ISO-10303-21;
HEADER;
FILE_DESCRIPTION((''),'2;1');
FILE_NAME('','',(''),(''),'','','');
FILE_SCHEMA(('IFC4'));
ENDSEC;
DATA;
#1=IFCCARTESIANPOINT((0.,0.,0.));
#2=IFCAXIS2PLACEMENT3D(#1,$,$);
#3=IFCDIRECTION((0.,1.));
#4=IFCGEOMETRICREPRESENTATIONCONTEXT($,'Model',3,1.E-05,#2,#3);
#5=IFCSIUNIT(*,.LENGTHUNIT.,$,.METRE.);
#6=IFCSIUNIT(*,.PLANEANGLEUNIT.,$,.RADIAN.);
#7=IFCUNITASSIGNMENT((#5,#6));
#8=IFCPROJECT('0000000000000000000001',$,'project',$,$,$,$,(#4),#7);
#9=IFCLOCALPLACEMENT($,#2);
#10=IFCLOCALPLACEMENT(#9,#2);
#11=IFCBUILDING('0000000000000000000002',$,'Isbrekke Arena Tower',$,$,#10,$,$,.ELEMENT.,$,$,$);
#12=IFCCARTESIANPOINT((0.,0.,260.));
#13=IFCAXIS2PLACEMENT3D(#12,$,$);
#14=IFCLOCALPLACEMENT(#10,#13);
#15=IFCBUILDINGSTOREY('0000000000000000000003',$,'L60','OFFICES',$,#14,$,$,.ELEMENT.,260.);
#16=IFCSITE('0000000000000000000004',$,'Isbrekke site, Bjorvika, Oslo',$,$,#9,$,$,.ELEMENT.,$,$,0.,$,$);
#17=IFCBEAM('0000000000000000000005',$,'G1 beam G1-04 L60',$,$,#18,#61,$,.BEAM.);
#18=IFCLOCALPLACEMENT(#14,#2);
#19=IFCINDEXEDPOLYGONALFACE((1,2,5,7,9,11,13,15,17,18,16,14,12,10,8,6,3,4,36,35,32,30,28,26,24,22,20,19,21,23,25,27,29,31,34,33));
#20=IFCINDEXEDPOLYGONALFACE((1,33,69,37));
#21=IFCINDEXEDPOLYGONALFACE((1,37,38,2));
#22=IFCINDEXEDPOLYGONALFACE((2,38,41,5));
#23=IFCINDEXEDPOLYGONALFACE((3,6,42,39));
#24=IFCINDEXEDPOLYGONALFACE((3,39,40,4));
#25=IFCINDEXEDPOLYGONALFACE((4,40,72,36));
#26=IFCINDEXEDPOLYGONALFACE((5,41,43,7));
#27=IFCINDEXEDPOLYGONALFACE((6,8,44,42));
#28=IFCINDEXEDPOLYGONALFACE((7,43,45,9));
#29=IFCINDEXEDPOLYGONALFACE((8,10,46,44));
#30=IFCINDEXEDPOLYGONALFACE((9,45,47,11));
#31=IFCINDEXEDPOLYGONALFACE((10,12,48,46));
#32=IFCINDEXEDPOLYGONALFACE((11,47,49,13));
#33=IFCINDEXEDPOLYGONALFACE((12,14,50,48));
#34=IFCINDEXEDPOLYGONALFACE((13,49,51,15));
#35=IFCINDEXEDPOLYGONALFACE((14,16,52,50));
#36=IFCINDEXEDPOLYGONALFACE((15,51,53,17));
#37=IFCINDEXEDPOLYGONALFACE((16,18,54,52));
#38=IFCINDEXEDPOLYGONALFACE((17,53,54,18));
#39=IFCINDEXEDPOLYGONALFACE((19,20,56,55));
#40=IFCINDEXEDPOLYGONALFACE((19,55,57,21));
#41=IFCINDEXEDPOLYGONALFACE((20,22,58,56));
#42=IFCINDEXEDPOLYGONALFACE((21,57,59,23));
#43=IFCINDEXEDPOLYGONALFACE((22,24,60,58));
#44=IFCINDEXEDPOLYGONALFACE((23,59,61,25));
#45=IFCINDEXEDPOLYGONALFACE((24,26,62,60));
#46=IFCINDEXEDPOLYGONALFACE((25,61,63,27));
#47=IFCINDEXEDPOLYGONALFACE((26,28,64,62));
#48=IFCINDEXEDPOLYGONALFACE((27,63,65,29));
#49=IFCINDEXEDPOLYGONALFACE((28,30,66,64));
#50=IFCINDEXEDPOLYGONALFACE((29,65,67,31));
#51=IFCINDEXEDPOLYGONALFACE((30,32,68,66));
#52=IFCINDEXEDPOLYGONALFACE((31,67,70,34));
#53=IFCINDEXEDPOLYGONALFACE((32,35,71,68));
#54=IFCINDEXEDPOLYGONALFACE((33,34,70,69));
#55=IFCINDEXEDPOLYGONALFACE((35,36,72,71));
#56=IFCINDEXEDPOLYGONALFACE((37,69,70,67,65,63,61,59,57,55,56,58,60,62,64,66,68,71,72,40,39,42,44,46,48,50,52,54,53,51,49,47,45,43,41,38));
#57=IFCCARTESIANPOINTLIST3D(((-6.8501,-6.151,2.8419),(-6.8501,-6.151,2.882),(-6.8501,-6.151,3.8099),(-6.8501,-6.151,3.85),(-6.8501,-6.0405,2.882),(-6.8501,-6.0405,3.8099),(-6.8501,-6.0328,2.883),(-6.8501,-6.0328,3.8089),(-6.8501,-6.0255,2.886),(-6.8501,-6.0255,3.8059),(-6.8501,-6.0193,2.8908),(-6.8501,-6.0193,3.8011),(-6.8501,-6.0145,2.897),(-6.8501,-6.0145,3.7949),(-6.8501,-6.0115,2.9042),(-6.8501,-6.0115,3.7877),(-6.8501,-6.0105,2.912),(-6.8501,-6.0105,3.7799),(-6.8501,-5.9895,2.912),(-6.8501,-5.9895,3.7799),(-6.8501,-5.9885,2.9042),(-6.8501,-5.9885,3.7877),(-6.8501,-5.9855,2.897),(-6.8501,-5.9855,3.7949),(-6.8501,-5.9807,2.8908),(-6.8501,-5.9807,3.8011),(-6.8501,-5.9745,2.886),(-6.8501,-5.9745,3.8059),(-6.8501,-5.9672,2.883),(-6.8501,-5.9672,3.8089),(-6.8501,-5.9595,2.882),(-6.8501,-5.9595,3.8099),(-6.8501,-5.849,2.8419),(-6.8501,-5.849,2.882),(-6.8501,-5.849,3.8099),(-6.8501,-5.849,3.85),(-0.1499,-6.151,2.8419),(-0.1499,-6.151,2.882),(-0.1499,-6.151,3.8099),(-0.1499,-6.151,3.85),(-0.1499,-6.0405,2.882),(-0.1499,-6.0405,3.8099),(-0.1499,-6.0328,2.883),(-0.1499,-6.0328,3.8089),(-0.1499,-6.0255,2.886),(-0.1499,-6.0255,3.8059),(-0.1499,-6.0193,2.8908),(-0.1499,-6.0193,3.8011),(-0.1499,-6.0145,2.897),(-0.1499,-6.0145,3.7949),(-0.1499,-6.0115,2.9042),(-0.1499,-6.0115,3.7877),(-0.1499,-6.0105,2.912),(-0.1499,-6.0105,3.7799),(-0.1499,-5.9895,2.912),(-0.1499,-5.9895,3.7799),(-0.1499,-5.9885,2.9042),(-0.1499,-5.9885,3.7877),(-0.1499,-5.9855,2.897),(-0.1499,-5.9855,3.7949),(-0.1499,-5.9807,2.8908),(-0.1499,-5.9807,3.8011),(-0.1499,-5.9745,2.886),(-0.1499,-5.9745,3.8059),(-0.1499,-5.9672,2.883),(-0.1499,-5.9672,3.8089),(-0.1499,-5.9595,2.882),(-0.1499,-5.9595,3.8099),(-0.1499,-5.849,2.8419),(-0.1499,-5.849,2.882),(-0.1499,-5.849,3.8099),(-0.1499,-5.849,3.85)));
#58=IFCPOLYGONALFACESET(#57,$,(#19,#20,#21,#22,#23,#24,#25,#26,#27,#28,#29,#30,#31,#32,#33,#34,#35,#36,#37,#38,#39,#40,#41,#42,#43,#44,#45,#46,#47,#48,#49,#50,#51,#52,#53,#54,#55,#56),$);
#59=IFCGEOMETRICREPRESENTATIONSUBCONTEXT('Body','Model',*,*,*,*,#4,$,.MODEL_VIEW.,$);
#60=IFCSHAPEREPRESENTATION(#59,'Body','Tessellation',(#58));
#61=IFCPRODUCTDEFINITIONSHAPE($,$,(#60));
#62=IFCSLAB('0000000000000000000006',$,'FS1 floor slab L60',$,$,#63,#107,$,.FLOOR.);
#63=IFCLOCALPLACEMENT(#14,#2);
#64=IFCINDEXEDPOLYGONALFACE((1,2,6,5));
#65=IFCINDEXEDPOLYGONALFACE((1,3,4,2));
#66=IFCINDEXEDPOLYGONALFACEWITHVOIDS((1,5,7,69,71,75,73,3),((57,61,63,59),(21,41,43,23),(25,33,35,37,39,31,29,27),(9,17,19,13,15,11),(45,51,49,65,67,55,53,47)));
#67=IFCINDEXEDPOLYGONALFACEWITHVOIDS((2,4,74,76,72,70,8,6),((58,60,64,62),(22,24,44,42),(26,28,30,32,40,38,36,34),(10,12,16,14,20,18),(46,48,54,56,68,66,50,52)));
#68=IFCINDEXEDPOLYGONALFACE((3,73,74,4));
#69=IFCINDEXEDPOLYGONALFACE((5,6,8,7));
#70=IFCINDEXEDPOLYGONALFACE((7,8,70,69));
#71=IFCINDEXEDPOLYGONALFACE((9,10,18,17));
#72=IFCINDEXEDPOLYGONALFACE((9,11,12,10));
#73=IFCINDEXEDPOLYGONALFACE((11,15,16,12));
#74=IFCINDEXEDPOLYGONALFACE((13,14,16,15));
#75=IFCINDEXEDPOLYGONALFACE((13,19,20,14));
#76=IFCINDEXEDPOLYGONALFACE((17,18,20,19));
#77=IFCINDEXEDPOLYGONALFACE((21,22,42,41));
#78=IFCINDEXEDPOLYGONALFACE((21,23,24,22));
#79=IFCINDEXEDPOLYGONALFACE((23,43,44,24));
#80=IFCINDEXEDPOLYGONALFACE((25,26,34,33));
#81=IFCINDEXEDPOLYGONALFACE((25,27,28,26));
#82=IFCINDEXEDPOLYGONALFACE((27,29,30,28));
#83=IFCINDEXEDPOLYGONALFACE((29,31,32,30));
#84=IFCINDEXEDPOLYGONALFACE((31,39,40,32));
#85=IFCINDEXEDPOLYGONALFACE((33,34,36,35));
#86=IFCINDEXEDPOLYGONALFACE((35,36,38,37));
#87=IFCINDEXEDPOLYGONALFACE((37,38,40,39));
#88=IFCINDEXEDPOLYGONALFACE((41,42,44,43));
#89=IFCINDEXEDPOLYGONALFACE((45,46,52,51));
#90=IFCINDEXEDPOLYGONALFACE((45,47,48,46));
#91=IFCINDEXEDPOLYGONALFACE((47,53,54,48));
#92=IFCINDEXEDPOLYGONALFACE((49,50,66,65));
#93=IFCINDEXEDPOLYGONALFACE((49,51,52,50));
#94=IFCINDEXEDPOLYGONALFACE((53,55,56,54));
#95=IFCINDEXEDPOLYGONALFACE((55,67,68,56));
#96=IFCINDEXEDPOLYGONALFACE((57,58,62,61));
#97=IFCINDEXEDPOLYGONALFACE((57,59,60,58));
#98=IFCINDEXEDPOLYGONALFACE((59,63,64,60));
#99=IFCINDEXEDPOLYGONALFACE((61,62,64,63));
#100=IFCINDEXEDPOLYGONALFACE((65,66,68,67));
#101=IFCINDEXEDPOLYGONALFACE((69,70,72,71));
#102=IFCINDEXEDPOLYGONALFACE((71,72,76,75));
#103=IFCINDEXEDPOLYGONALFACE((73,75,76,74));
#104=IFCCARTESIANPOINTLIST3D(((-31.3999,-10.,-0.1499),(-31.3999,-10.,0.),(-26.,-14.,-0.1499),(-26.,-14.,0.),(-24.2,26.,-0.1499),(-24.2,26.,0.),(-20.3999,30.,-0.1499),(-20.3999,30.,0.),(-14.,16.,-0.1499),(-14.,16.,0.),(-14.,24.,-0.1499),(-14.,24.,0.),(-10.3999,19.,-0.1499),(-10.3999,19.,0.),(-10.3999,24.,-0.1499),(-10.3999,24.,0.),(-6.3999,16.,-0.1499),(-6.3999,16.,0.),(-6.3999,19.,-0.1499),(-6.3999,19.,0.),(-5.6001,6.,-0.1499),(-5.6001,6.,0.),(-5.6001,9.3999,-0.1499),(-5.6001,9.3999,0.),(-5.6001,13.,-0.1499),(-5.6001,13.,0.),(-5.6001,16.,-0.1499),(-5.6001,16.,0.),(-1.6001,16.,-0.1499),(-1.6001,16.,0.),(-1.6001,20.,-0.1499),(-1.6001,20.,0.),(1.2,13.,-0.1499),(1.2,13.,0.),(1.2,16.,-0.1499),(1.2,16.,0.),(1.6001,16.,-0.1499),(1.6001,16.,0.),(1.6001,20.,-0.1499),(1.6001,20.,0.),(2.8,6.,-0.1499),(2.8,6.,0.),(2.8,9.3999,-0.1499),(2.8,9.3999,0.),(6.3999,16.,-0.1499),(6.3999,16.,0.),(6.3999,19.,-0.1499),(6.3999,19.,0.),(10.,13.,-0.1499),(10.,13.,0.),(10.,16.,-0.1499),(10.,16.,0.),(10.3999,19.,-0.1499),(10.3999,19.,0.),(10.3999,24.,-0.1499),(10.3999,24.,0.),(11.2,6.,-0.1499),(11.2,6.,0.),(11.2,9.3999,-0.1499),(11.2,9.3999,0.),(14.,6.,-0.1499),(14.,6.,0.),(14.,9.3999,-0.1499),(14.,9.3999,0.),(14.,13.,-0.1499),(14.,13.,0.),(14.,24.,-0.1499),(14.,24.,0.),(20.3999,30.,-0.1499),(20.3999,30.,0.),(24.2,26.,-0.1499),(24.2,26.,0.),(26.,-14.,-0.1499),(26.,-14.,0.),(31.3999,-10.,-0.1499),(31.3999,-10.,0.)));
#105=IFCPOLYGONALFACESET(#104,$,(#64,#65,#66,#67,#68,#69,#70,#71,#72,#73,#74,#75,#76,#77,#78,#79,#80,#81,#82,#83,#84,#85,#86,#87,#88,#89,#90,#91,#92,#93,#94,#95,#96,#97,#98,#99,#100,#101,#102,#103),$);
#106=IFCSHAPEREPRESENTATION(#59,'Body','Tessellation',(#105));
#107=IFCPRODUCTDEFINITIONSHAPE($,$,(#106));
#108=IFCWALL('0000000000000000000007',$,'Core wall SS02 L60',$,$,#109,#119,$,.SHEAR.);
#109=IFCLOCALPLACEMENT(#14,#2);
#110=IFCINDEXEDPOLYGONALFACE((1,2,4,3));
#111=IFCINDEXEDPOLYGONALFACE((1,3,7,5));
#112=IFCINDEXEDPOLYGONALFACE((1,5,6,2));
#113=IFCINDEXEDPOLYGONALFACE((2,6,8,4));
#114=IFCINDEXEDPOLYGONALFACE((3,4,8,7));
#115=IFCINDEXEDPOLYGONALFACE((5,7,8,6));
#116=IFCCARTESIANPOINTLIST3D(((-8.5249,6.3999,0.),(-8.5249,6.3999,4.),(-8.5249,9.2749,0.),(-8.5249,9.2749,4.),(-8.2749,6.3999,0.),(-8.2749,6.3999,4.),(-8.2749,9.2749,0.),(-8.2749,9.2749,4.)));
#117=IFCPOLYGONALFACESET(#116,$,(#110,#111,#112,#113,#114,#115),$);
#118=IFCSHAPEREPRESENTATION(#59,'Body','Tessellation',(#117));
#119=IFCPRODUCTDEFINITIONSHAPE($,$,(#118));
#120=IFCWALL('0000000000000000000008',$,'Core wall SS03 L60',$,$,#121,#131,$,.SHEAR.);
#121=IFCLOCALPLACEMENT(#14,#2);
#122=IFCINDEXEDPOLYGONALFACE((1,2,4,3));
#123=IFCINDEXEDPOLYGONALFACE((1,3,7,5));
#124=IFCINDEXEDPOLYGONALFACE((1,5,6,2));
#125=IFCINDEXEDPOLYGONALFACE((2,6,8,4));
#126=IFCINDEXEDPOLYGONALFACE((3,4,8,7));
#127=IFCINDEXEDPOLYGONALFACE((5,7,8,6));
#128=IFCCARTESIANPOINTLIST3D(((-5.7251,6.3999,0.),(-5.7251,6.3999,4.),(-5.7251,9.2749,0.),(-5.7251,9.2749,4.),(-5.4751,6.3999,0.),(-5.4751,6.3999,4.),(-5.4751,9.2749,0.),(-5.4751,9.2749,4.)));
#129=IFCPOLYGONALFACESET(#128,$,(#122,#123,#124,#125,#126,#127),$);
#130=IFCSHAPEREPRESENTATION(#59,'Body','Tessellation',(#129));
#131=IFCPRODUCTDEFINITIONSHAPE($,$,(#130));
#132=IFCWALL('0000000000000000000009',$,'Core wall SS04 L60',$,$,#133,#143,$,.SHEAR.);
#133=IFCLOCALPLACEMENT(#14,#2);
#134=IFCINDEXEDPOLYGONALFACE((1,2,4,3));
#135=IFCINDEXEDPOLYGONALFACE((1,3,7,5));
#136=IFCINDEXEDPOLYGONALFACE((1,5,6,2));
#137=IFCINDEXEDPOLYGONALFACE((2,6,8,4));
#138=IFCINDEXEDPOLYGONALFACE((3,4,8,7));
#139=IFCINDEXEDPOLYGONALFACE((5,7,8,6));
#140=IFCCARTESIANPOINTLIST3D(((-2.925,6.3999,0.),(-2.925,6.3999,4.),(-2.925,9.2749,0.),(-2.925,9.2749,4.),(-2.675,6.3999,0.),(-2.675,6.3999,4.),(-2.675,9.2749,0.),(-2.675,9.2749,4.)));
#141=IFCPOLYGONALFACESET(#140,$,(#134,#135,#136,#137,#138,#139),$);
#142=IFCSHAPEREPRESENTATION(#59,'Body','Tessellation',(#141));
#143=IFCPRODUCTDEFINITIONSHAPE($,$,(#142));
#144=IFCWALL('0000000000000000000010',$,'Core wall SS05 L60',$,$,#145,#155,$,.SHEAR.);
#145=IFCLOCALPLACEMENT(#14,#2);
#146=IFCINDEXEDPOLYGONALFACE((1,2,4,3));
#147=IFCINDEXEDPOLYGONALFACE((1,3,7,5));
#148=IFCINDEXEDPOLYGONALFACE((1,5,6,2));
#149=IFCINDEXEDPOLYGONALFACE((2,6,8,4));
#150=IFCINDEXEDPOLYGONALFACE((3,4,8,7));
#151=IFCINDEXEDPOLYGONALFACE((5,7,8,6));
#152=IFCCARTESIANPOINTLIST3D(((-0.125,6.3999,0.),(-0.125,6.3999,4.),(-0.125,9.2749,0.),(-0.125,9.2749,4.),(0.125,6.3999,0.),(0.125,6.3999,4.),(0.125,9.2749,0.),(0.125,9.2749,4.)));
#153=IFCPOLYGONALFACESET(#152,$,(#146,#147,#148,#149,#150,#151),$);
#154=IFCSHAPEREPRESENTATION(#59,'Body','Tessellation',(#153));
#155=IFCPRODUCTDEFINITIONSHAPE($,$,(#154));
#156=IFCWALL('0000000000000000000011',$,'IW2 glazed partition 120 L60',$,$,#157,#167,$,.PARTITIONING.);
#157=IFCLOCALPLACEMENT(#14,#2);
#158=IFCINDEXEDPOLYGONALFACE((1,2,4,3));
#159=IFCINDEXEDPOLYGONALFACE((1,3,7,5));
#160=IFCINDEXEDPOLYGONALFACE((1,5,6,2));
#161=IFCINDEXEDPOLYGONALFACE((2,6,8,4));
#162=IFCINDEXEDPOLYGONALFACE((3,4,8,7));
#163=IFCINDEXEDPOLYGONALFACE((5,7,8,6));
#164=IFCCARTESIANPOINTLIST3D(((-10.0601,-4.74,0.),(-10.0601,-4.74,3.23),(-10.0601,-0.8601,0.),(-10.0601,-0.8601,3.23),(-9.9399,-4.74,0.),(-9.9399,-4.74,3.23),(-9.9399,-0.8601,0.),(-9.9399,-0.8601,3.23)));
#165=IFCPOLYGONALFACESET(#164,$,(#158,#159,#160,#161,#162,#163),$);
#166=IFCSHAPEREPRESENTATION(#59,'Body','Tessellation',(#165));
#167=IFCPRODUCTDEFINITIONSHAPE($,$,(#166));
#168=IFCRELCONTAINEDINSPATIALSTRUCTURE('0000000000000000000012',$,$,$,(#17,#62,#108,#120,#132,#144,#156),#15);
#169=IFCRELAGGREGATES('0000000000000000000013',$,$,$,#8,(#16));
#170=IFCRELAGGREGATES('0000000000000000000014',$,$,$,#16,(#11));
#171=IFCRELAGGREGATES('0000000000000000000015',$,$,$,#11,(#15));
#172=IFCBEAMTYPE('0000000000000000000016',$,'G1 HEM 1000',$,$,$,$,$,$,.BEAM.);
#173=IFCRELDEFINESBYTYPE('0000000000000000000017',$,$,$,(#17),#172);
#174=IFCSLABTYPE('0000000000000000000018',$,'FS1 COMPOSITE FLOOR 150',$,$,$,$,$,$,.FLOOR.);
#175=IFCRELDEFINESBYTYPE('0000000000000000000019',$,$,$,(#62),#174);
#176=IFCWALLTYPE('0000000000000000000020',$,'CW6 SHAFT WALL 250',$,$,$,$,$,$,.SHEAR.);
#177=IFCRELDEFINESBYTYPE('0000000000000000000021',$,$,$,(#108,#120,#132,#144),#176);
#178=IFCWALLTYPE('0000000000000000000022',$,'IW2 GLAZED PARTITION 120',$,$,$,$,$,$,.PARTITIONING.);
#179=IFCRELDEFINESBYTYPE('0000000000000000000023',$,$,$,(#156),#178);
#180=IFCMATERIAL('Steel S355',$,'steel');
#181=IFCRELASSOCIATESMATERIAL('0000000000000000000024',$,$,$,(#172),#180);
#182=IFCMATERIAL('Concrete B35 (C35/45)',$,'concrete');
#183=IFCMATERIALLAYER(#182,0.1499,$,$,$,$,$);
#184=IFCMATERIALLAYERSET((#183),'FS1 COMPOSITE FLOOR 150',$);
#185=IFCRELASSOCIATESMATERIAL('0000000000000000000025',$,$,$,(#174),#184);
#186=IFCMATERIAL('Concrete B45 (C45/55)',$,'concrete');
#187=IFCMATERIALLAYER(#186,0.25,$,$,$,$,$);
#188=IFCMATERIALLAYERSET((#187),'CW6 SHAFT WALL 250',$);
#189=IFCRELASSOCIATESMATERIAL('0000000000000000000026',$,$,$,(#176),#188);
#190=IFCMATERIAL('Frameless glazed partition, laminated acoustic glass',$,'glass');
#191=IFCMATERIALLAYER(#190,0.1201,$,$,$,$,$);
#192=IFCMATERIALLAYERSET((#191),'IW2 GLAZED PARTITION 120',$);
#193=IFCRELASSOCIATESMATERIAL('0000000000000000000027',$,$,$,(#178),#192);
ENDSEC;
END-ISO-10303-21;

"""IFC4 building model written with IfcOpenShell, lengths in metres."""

from ifc_helpers import new_model, si_unit, direction, frame, frame_2d, origin, origin_2d, place, context, subcontext, project, spatial, polyline, rectangle, i_section, outline, extrude, material, layer, layer_set, material_profile, profile_set, type_object, element, save


model = new_model("IFC4")

# Units and contexts
model_context = context("Model", 3, precision=1e-05, world=origin(), true_north=direction((0.0, 1.0)))
body_context = subcontext(model_context, "Body", "Model", "MODEL_VIEW")
ifc_project = project(units=[si_unit("LENGTHUNIT", "METRE"), si_unit("PLANEANGLEUNIT", "RADIAN")], contexts=[model_context])

# Site, building, storey
site_placement = place(None, origin())
site = spatial("IfcSite", under=ifc_project, at=site_placement, Name="Isbrekke site, Bjorvika, Oslo", CompositionType="ELEMENT", RefElevation=0.0)
building_placement = place(site_placement, origin())
building = spatial("IfcBuilding", under=site, at=building_placement, Name="Isbrekke Arena Tower", CompositionType="ELEMENT")
storey_placement = place(building_placement, frame((0.0, 0.0, 260.0)))
storey = spatial("IfcBuildingStorey", under=building, at=storey_placement, Name="L60", Description="OFFICES", CompositionType="ELEMENT", Elevation=260.0)

# Beam
ifc_material_1 = material(Name="Steel S355", Category="steel")
ifc_material_profile_1 = material_profile(ifc_material_1, i_section(OverallWidth=0.302, OverallDepth=1.0081, WebThickness=0.021, FlangeThickness=0.04, FilletRadius=0.03, at=origin_2d()), Name="HEM 1000")
ifc_profile_set_1 = profile_set([ifc_material_profile_1], Name="Steel S355")
beam_type_1 = type_object("IfcBeamType", Name="G1 HEM 1000", PredefinedType="BEAM", material=ifc_profile_set_1)
beam_1_placement = place(storey_placement, frame((-6.8501, -6.0, 3.3459), z_axis=(1.0, 0.0, 0.0), x_axis=(0.0, 1.0, 0.0)))
element("IfcBeam", 1, at=beam_1_placement, inside=storey, type_object=beam_type_1, Name="G1 beam G1-04 L60", PredefinedType="BEAM", context=body_context, shape_type="SweptSolid", body=[
    extrude(i_section(OverallWidth=0.302, OverallDepth=1.0081, WebThickness=0.021, FlangeThickness=0.04, FilletRadius=0.03, at=origin_2d()), origin(), (0.0, 0.0, 1.0), 6.7002),
])

# Slab
ifc_material_2 = material(Name="Concrete B35 (C35/45)", Category="concrete")
ifc_layer_1 = layer(ifc_material_2, 0.1499)
ifc_layer_set_1 = layer_set([ifc_layer_1], Name="FS1 COMPOSITE FLOOR 150")
slab_type = type_object("IfcSlabType", Name="FS1 COMPOSITE FLOOR 150", PredefinedType="FLOOR", material=ifc_layer_set_1)
slab_placement = place(storey_placement, frame((0.0, 0.0, -0.1499)))
element("IfcSlab", 2, at=slab_placement, inside=storey, type_object=slab_type, Name="FS1 floor slab L60", PredefinedType="FLOOR", context=body_context, shape_type="SweptSolid", body=[
    extrude(outline(polyline([(-26.0, -14.0), (26.0, -14.0), (31.3999, -10.0), (24.2, 26.0), (20.3999, 30.0), (-20.3999, 30.0), (-24.2, 26.0), (-31.3999, -10.0), (-26.0, -14.0)]), holes=[polyline([(2.8, 9.3999), (2.8, 6.0), (-5.6001, 6.0), (-5.6001, 9.3999), (2.8, 9.3999)]), polyline([(11.2, 6.0), (11.2, 9.3999), (14.0, 9.3999), (14.0, 6.0), (11.2, 6.0)]), polyline([(-5.6001, 13.0), (-5.6001, 16.0), (-1.6001, 16.0), (-1.6001, 20.0), (1.6001, 20.0), (1.6001, 16.0), (1.2, 16.0), (1.2, 13.0), (-5.6001, 13.0)]), polyline([(14.0, 13.0), (10.0, 13.0), (10.0, 16.0), (6.3999, 16.0), (6.3999, 19.0), (10.3999, 19.0), (10.3999, 24.0), (14.0, 24.0), (14.0, 13.0)]), polyline([(-6.3999, 19.0), (-6.3999, 16.0), (-14.0, 16.0), (-14.0, 24.0), (-10.3999, 24.0), (-10.3999, 19.0), (-6.3999, 19.0)])]), origin(), (0.0, 0.0, 1.0), 0.1499),
])

# Walls
ifc_material_3 = material(Name="Concrete B45 (C45/55)", Category="concrete")
ifc_layer_2 = layer(ifc_material_3, 0.25)
ifc_layer_set_2 = layer_set([ifc_layer_2], Name="CW6 SHAFT WALL 250")
wall_type_1 = type_object("IfcWallType", Name="CW6 SHAFT WALL 250", PredefinedType="SHEAR", material=ifc_layer_set_2)
for number, where, z_axis, x_axis, name in (
    (3, (-8.3999, 6.3999, 0.0), (0.0, 0.0, 1.0), (0.0, 1.0, 0.0), "Core wall SS02 L60"),
    (4, (-5.6001, 6.3999, 0.0), (0.0, 0.0, 1.0), (0.0, 1.0, 0.0), "Core wall SS03 L60"),
    (5, (-2.8, 6.3999, 0.0), (0.0, 0.0, 1.0), (0.0, 1.0, 0.0), "Core wall SS04 L60"),
    (6, (0.0, 6.3999, 0.0), (0.0, 0.0, 1.0), (0.0, 1.0, 0.0), "Core wall SS05 L60"),
):
    element("IfcWall", number, at=place(storey_placement, frame(where, z_axis=z_axis, x_axis=x_axis)), inside=storey, type_object=wall_type_1, Name=name, PredefinedType="SHEAR", context=body_context, shape_type="SweptSolid", body=[
        extrude(rectangle(XDim=2.875, YDim=0.25, at=frame_2d((1.4375, 0.0))), origin(), (0.0, 0.0, 1.0), 4.0),
    ])
ifc_material_4 = material(Name="Frameless glazed partition, laminated acoustic glass", Category="glass")
ifc_layer_3 = layer(ifc_material_4, 0.1201)
ifc_layer_set_3 = layer_set([ifc_layer_3], Name="IW2 GLAZED PARTITION 120")
wall_type_2 = type_object("IfcWallType", Name="IW2 GLAZED PARTITION 120", PredefinedType="PARTITIONING", material=ifc_layer_set_3)
wall_placement = place(storey_placement, frame((-10.0, -4.74, 0.0), z_axis=(0.0, 0.0, 1.0), x_axis=(0.0, 1.0, 0.0)))
element("IfcWall", 7, at=wall_placement, inside=storey, type_object=wall_type_2, Name="IW2 glazed partition 120 L60", PredefinedType="PARTITIONING", context=body_context, shape_type="SweptSolid", body=[
    extrude(rectangle(XDim=3.8799, YDim=0.1201, at=frame_2d((1.9399, 0.0))), origin(), (0.0, 0.0, 1.0), 3.23),
])

save(model, "model.ifc")
